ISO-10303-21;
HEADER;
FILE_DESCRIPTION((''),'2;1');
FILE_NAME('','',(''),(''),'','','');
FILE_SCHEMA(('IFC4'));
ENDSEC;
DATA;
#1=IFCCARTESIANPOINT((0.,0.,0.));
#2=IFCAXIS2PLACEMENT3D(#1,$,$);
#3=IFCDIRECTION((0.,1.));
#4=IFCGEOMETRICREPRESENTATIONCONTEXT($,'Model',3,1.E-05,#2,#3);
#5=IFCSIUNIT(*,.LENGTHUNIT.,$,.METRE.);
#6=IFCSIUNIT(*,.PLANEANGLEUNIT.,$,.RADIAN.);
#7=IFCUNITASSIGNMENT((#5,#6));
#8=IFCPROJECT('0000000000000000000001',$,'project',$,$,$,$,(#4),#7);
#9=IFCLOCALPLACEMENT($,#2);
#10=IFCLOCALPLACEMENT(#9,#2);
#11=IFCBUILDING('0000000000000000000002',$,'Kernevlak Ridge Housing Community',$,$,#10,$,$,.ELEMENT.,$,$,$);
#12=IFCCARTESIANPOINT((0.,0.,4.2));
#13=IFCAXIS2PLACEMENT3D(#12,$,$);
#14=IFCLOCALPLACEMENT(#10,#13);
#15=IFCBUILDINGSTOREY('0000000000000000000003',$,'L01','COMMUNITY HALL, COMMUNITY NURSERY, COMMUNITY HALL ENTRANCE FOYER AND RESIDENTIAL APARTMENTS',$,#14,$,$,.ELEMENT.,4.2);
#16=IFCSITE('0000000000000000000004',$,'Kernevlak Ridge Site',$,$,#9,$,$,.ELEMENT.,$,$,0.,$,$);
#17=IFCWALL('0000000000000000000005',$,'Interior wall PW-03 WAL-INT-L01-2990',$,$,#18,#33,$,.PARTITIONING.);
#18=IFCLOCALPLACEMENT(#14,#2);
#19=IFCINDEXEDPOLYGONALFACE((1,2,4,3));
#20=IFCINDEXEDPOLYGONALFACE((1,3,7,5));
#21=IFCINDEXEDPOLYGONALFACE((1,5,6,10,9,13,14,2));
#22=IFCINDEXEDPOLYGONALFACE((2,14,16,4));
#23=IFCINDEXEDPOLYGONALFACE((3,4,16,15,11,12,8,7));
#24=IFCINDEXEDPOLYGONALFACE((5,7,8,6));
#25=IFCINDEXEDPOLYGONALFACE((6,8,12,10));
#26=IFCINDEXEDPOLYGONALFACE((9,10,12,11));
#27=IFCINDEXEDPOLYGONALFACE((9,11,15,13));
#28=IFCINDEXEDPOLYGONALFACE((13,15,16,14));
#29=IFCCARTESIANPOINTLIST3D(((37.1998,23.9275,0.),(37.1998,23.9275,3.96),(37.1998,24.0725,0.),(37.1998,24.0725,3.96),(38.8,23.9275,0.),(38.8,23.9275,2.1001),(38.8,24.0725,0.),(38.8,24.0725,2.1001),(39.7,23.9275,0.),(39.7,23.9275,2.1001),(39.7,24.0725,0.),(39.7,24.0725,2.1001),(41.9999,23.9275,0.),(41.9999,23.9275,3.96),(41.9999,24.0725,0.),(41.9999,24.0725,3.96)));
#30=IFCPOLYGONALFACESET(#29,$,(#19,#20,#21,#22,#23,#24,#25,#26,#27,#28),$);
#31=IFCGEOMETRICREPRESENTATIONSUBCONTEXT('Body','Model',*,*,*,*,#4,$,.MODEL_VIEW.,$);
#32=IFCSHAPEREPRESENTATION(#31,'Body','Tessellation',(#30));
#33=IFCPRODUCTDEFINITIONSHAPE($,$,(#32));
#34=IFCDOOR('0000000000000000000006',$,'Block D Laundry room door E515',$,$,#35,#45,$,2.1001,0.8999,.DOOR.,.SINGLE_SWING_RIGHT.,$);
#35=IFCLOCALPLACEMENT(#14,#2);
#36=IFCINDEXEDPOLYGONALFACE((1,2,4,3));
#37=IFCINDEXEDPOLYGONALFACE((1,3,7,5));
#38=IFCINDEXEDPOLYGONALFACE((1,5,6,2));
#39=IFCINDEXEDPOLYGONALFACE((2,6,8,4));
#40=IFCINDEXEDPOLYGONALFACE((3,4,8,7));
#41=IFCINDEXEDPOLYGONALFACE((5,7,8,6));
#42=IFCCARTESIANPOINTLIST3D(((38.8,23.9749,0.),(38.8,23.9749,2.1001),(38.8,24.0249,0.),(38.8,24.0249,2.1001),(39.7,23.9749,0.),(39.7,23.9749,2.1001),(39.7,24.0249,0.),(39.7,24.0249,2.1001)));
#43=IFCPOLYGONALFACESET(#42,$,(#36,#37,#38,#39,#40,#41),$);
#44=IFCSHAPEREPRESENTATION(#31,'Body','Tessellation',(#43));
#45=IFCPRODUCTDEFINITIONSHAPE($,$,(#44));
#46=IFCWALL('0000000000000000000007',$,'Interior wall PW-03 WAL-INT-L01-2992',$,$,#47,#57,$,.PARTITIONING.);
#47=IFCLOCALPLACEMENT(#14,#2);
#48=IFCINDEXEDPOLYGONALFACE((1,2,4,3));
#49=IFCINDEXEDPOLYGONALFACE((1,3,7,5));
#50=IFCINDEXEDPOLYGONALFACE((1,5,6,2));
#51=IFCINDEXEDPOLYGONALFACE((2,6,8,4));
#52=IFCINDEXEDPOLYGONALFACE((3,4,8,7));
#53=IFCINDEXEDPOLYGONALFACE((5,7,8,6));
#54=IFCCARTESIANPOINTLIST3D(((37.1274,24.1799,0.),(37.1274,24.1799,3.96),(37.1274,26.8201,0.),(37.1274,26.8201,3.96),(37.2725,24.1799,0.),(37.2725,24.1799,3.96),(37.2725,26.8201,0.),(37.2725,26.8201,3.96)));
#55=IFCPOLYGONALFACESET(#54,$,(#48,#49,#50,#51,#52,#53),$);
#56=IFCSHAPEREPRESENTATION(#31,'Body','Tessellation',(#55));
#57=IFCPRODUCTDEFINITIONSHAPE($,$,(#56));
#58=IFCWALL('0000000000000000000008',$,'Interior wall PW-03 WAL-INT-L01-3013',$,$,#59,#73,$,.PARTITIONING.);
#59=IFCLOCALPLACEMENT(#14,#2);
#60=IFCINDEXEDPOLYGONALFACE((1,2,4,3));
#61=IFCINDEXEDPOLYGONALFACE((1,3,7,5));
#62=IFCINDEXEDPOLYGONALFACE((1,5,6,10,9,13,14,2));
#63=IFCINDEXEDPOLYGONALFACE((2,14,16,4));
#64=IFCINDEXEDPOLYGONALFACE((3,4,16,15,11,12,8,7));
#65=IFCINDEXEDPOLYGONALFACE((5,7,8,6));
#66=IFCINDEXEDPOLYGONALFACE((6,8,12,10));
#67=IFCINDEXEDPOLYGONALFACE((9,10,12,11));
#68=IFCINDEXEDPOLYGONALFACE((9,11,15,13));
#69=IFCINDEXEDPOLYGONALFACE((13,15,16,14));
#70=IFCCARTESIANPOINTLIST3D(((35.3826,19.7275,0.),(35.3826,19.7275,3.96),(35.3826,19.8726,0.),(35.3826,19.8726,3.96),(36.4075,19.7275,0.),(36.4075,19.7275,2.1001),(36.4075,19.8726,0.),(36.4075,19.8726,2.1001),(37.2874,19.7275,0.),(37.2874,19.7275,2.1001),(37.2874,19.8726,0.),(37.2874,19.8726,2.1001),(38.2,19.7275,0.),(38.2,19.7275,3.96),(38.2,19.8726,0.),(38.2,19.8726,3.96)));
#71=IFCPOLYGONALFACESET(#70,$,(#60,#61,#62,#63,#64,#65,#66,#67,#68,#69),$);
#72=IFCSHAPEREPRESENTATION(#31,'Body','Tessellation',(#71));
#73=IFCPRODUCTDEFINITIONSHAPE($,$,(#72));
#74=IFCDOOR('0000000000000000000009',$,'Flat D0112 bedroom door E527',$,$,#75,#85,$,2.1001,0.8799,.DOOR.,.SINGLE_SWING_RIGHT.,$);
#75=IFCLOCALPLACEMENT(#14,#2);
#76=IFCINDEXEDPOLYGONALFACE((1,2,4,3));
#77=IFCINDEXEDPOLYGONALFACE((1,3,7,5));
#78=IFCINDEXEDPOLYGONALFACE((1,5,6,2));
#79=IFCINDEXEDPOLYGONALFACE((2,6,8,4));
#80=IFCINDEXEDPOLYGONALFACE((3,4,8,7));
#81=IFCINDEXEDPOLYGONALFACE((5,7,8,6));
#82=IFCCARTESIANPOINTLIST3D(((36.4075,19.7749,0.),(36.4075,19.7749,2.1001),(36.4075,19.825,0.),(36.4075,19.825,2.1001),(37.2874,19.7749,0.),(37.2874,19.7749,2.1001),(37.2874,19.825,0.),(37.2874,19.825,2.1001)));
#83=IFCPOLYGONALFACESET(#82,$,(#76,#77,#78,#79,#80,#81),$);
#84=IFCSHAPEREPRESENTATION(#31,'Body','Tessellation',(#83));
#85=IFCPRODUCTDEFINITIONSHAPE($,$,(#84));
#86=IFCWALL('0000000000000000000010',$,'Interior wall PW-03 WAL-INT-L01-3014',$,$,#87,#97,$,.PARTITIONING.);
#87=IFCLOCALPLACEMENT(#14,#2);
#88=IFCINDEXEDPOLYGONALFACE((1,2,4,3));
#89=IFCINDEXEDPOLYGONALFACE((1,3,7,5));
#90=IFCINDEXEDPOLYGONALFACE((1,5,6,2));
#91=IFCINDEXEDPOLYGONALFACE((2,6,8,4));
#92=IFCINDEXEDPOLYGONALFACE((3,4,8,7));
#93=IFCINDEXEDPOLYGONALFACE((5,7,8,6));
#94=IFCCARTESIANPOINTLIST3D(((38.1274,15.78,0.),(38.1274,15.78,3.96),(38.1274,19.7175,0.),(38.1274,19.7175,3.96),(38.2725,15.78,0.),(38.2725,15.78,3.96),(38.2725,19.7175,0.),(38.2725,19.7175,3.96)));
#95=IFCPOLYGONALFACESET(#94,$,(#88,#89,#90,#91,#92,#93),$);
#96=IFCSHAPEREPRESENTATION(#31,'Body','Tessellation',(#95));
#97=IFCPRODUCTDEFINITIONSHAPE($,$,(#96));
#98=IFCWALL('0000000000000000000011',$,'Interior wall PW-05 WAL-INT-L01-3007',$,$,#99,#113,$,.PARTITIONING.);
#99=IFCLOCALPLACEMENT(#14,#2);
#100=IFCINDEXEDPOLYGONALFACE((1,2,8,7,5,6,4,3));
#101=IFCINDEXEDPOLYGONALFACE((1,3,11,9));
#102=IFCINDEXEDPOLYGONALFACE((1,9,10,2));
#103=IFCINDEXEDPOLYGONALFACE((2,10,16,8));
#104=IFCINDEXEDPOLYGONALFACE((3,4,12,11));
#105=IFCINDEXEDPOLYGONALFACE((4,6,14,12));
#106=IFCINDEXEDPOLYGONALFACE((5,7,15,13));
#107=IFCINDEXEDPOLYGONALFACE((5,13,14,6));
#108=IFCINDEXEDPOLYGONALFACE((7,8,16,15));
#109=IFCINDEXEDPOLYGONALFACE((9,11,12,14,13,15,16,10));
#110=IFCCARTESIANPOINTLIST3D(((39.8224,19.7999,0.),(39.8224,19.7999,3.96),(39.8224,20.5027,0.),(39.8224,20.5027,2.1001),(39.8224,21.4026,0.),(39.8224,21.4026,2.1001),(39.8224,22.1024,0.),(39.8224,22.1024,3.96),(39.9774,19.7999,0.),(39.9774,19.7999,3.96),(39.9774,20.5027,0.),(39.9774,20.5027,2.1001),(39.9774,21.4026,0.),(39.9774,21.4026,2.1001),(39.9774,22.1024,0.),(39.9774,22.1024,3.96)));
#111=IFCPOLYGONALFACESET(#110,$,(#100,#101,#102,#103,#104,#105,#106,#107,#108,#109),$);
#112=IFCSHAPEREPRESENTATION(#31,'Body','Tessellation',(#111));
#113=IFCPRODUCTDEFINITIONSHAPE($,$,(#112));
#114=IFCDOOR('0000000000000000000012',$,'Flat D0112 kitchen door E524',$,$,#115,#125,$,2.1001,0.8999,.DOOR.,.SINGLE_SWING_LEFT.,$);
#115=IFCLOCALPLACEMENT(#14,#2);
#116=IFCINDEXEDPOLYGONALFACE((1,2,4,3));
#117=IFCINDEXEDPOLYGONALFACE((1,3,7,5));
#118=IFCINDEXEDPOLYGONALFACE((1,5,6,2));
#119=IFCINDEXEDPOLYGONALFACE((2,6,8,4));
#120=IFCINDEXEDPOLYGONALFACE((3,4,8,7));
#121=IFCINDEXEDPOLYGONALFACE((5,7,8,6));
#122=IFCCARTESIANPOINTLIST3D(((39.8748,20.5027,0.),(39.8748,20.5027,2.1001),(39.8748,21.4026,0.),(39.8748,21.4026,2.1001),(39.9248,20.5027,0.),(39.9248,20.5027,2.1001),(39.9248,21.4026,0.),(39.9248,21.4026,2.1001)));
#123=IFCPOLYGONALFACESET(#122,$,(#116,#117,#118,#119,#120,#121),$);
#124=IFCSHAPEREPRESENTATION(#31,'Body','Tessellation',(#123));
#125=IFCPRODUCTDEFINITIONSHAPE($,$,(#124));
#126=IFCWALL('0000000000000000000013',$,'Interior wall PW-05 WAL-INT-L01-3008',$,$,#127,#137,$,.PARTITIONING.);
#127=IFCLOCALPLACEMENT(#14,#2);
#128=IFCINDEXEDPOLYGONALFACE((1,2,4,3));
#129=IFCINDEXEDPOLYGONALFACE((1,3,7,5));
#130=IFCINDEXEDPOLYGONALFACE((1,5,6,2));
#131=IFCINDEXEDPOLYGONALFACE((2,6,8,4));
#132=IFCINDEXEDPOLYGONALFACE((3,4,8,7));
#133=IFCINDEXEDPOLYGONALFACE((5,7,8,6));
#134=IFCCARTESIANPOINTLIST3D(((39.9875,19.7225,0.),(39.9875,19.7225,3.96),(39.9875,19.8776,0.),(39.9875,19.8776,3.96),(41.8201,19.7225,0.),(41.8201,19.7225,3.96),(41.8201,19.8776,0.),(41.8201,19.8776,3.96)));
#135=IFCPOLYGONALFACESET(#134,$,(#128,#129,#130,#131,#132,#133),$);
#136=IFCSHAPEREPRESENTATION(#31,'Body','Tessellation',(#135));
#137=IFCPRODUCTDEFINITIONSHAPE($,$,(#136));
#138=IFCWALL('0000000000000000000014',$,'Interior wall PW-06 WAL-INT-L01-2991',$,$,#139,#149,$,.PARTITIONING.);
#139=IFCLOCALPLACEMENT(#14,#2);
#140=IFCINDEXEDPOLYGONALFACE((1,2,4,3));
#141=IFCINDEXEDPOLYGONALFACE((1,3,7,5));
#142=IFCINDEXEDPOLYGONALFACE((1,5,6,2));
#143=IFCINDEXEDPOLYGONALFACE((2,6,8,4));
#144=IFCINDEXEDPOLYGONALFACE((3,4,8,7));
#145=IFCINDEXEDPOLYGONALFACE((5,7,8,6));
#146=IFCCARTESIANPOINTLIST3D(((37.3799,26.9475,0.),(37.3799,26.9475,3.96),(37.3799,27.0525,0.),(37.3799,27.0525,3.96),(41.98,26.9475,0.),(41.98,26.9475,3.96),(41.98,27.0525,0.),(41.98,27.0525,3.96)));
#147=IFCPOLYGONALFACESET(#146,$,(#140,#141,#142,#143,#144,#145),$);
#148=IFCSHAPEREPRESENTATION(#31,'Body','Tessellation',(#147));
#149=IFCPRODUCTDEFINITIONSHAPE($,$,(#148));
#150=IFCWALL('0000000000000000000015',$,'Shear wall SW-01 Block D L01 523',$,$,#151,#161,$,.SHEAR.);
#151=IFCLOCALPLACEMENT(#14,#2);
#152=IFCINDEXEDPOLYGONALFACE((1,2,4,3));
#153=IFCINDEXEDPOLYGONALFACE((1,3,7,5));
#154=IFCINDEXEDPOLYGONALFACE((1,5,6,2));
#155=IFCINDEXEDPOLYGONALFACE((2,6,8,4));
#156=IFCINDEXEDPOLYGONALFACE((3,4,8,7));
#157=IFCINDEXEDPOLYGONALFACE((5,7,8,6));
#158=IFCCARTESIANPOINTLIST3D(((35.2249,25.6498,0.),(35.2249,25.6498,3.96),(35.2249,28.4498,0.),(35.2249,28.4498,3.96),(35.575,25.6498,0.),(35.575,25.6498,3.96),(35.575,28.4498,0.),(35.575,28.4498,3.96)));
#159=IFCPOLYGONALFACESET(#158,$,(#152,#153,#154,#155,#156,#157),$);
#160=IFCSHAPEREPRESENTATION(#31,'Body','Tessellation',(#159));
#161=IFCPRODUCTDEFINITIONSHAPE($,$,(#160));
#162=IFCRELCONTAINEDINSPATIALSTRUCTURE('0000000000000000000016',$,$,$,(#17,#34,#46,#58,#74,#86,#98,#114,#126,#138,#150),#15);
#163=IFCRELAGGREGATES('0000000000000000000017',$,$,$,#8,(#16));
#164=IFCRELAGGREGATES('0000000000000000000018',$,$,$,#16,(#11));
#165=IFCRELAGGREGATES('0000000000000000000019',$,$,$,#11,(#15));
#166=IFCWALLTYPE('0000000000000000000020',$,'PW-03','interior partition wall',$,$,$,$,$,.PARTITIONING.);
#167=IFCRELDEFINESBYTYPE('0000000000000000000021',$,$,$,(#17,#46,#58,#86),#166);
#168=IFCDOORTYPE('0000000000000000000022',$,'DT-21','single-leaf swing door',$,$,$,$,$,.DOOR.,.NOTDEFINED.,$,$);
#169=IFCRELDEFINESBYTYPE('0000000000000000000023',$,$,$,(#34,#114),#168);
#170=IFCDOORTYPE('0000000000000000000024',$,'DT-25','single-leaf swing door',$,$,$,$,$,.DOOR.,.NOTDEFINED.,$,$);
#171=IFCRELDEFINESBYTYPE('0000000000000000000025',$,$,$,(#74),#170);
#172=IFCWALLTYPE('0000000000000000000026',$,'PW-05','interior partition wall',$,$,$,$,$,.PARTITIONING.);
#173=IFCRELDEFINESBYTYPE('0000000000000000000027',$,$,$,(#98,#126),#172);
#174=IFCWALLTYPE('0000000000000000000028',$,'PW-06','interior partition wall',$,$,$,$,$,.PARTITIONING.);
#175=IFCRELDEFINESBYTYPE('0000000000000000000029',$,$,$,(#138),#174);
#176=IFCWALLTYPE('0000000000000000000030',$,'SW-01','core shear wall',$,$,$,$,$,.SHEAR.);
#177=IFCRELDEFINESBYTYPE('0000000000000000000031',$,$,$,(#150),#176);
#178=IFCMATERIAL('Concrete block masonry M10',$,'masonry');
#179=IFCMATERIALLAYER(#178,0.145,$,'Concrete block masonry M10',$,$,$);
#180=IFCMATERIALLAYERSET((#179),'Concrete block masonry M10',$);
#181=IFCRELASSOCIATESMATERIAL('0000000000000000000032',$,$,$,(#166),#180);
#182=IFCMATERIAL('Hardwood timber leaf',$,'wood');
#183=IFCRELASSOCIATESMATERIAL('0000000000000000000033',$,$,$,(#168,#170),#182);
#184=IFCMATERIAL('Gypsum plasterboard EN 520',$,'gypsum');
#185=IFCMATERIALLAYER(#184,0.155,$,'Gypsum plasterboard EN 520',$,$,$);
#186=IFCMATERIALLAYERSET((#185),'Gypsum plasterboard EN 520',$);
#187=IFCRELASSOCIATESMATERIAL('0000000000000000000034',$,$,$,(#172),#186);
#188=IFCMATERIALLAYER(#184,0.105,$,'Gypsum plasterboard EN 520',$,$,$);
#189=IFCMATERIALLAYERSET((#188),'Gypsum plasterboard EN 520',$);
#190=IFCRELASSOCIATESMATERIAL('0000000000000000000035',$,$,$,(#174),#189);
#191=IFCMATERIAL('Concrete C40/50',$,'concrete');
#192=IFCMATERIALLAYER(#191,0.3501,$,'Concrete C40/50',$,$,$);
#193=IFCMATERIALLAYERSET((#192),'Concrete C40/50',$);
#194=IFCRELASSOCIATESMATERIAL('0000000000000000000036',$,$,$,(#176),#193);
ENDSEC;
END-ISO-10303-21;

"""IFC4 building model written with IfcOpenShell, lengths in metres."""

from ifc_helpers import new_model, si_unit, direction, frame, frame_2d, origin, place, context, subcontext, project, spatial, rectangle, extrude, material, layer, layer_set, type_object, element, fill, save


model = new_model("IFC4")

# Units and contexts
model_context = context("Model", 3, precision=1e-05, world=origin(), true_north=direction((0.0, 1.0)))
body_context = subcontext(model_context, "Body", "Model", "MODEL_VIEW")
ifc_project = project(units=[si_unit("LENGTHUNIT", "METRE"), si_unit("PLANEANGLEUNIT", "RADIAN")], contexts=[model_context])

# Site, building, storey
site_placement = place(None, origin())
site = spatial("IfcSite", under=ifc_project, at=site_placement, Name="Kernevlak Ridge Site", CompositionType="ELEMENT", RefElevation=0.0)
building_placement = place(site_placement, origin())
building = spatial("IfcBuilding", under=site, at=building_placement, Name="Kernevlak Ridge Housing Community", CompositionType="ELEMENT")
storey_placement = place(building_placement, frame((0.0, 0.0, 4.2)))
storey = spatial("IfcBuildingStorey", under=building, at=storey_placement, Name="L01", Description="COMMUNITY HALL, COMMUNITY NURSERY, COMMUNITY HALL ENTRANCE FOYER AND RESIDENTIAL APARTMENTS", CompositionType="ELEMENT", Elevation=4.2)

# Shared definitions
ifc_material_1 = material(Name="Concrete block masonry M10", Category="masonry")

# Wall, opening, door
ifc_layer_1 = layer(ifc_material_1, 0.145, Name="Concrete block masonry M10")
ifc_layer_set_1 = layer_set([ifc_layer_1], Name="Concrete block masonry M10")
wall_type_1 = type_object("IfcWallType", Name="PW-03", Description="interior partition wall", PredefinedType="PARTITIONING", material=ifc_layer_set_1)
wall_1_placement = place(storey_placement, frame((37.2, 24.0, 0.0), z_axis=(0.0, 0.0, 1.0), x_axis=(1.0, 0.0, 0.0)))
wall_1 = element("IfcWall", 1, at=wall_1_placement, inside=storey, type_object=wall_type_1, Name="Interior wall PW-03 WAL-INT-L01-2990", PredefinedType="PARTITIONING", context=body_context, shape_type="SweptSolid", body=[
    extrude(rectangle(XDim=4.8, YDim=0.145, at=frame_2d((2.3999, 0.0))), origin(), (0.0, 0.0, 1.0), 3.96),
])
opening_1_placement = place(wall_1_placement, frame((1.6001, 0.0, 0.0)))
opening_1 = element("IfcOpeningElement", 2, at=opening_1_placement, cuts=wall_1, PredefinedType="OPENING", context=body_context, shape_type="SweptSolid", body=[
    extrude(rectangle(XDim=0.8999, YDim=2.1001, at=frame_2d((0.45, 1.05))), frame((0.0, 0.0825, 0.0), z_axis=(0.0, -1.0, 0.0), x_axis=(1.0, 0.0, 0.0)), (0.0, 0.0, 1.0), 0.165),
])
ifc_material_2 = material(Name="Hardwood timber leaf", Category="wood")
door_type_1 = type_object("IfcDoorType", Name="DT-21", Description="single-leaf swing door", OperationType="NOTDEFINED", PredefinedType="DOOR", material=ifc_material_2)
door_1_placement = place(opening_1_placement, origin())
door_1 = element("IfcDoor", 3, at=door_1_placement, inside=storey, type_object=door_type_1, Name="Block D Laundry room door E515", OperationType="SINGLE_SWING_RIGHT", OverallHeight=2.1001, OverallWidth=0.8999, PredefinedType="DOOR", context=body_context, shape_type="SweptSolid", body=[
    extrude(rectangle(XDim=0.8999, YDim=2.1001, at=frame_2d((0.45, 1.05))), frame((0.0, 0.0249, 0.0), z_axis=(0.0, -1.0, 0.0), x_axis=(1.0, 0.0, 0.0)), (0.0, 0.0, 1.0), 0.05),
])
fill(opening_1, door_1)

# Wall
wall_2_placement = place(storey_placement, frame((37.2, 24.1799, 0.0), z_axis=(0.0, 0.0, 1.0), x_axis=(0.0, 1.0, 0.0)))
element("IfcWall", 4, at=wall_2_placement, inside=storey, type_object=wall_type_1, Name="Interior wall PW-03 WAL-INT-L01-2992", PredefinedType="PARTITIONING", context=body_context, shape_type="SweptSolid", body=[
    extrude(rectangle(XDim=2.6401, YDim=0.145, at=frame_2d((1.3201, 0.0))), origin(), (0.0, 0.0, 1.0), 3.96),
])

# Wall, opening, door
wall_3_placement = place(storey_placement, frame((35.3826, 19.8, 0.0), z_axis=(0.0, 0.0, 1.0), x_axis=(1.0, 0.0, 0.0)))
wall_3 = element("IfcWall", 5, at=wall_3_placement, inside=storey, type_object=wall_type_1, Name="Interior wall PW-03 WAL-INT-L01-3013", PredefinedType="PARTITIONING", context=body_context, shape_type="SweptSolid", body=[
    extrude(rectangle(XDim=2.8174, YDim=0.145, at=frame_2d((1.4087, 0.0))), origin(), (0.0, 0.0, 1.0), 3.96),
])
opening_2_placement = place(wall_3_placement, frame((1.0249, 0.0, 0.0)))
opening_2 = element("IfcOpeningElement", 6, at=opening_2_placement, cuts=wall_3, PredefinedType="OPENING", context=body_context, shape_type="SweptSolid", body=[
    extrude(rectangle(XDim=0.8799, YDim=2.1001, at=frame_2d((0.4399, 1.05))), frame((0.0, 0.0825, 0.0), z_axis=(0.0, -1.0, 0.0), x_axis=(1.0, 0.0, 0.0)), (0.0, 0.0, 1.0), 0.165),
])
door_type_2 = type_object("IfcDoorType", Name="DT-25", Description="single-leaf swing door", OperationType="NOTDEFINED", PredefinedType="DOOR", material=ifc_material_2)
door_2_placement = place(opening_2_placement, origin())
door_2 = element("IfcDoor", 7, at=door_2_placement, inside=storey, type_object=door_type_2, Name="Flat D0112 bedroom door E527", OperationType="SINGLE_SWING_RIGHT", OverallHeight=2.1001, OverallWidth=0.8799, PredefinedType="DOOR", context=body_context, shape_type="SweptSolid", body=[
    extrude(rectangle(XDim=0.8799, YDim=2.1001, at=frame_2d((0.4399, 1.05))), frame((0.0, 0.0249, 0.0), z_axis=(0.0, -1.0, 0.0), x_axis=(1.0, 0.0, 0.0)), (0.0, 0.0, 1.0), 0.05),
])
fill(opening_2, door_2)

# Wall
wall_4_placement = place(storey_placement, frame((38.2, 19.7175, 0.0), z_axis=(0.0, 0.0, 1.0), x_axis=(0.0, -1.0, 0.0)))
element("IfcWall", 8, at=wall_4_placement, inside=storey, type_object=wall_type_1, Name="Interior wall PW-03 WAL-INT-L01-3014", PredefinedType="PARTITIONING", context=body_context, shape_type="SweptSolid", body=[
    extrude(rectangle(XDim=3.9375, YDim=0.145, at=frame_2d((1.9688, 0.0))), origin(), (0.0, 0.0, 1.0), 3.96),
])

# Wall, opening, door
ifc_material_3 = material(Name="Gypsum plasterboard EN 520", Category="gypsum")
ifc_layer_2 = layer(ifc_material_3, 0.155, Name="Gypsum plasterboard EN 520")
ifc_layer_set_2 = layer_set([ifc_layer_2], Name="Gypsum plasterboard EN 520")
wall_type_2 = type_object("IfcWallType", Name="PW-05", Description="interior partition wall", PredefinedType="PARTITIONING", material=ifc_layer_set_2)
wall_5_placement = place(storey_placement, frame((39.8999, 22.1025, 0.0), z_axis=(0.0, 0.0, 1.0), x_axis=(0.0, -1.0, 0.0)))
wall_5 = element("IfcWall", 9, at=wall_5_placement, inside=storey, type_object=wall_type_2, Name="Interior wall PW-05 WAL-INT-L01-3007", PredefinedType="PARTITIONING", context=body_context, shape_type="SweptSolid", body=[
    extrude(rectangle(XDim=2.3025, YDim=0.155, at=frame_2d((1.1514, 0.0))), origin(), (0.0, 0.0, 1.0), 3.96),
])
opening_3_placement = place(wall_5_placement, frame((0.7, 0.0, 0.0)))
opening_3 = element("IfcOpeningElement", 10, at=opening_3_placement, cuts=wall_5, PredefinedType="OPENING", context=body_context, shape_type="SweptSolid", body=[
    extrude(rectangle(XDim=0.8999, YDim=2.1001, at=frame_2d((0.45, 1.05))), frame((0.0, 0.0874, 0.0), z_axis=(0.0, -1.0, 0.0), x_axis=(1.0, 0.0, 0.0)), (0.0, 0.0, 1.0), 0.175),
])
door_3_placement = place(opening_3_placement, origin())
door_3 = element("IfcDoor", 11, at=door_3_placement, inside=storey, type_object=door_type_1, Name="Flat D0112 kitchen door E524", OperationType="SINGLE_SWING_LEFT", OverallHeight=2.1001, OverallWidth=0.8999, PredefinedType="DOOR", context=body_context, shape_type="SweptSolid", body=[
    extrude(rectangle(XDim=0.8999, YDim=2.1001, at=frame_2d((0.45, 1.05))), frame((0.0, 0.0249, 0.0), z_axis=(0.0, -1.0, 0.0), x_axis=(1.0, 0.0, 0.0)), (0.0, 0.0, 1.0), 0.05),
])
fill(opening_3, door_3)

# Walls
wall_6_placement = place(storey_placement, frame((39.9875, 19.8, 0.0), z_axis=(0.0, 0.0, 1.0), x_axis=(1.0, 0.0, 0.0)))
element("IfcWall", 12, at=wall_6_placement, inside=storey, type_object=wall_type_2, Name="Interior wall PW-05 WAL-INT-L01-3008", PredefinedType="PARTITIONING", context=body_context, shape_type="SweptSolid", body=[
    extrude(rectangle(XDim=1.8325, YDim=0.155, at=frame_2d((0.9163, 0.0))), origin(), (0.0, 0.0, 1.0), 3.96),
])
ifc_layer_3 = layer(ifc_material_3, 0.105, Name="Gypsum plasterboard EN 520")
ifc_layer_set_3 = layer_set([ifc_layer_3], Name="Gypsum plasterboard EN 520")
wall_type_3 = type_object("IfcWallType", Name="PW-06", Description="interior partition wall", PredefinedType="PARTITIONING", material=ifc_layer_set_3)
wall_7_placement = place(storey_placement, frame((37.3799, 27.0, 0.0), z_axis=(0.0, 0.0, 1.0), x_axis=(1.0, 0.0, 0.0)))
element("IfcWall", 13, at=wall_7_placement, inside=storey, type_object=wall_type_3, Name="Interior wall PW-06 WAL-INT-L01-2991", PredefinedType="PARTITIONING", context=body_context, shape_type="SweptSolid", body=[
    extrude(rectangle(XDim=4.6001, YDim=0.105, at=frame_2d((2.3, 0.0))), origin(), (0.0, 0.0, 1.0), 3.96),
])
ifc_material_4 = material(Name="Concrete C40/50", Category="concrete")
ifc_layer_4 = layer(ifc_material_4, 0.3501, Name="Concrete C40/50")
ifc_layer_set_4 = layer_set([ifc_layer_4], Name="Concrete C40/50")
wall_type_4 = type_object("IfcWallType", Name="SW-01", Description="core shear wall", PredefinedType="SHEAR", material=ifc_layer_set_4)
wall_8_placement = place(storey_placement, frame((35.3999, 25.6499, 0.0), z_axis=(0.0, 0.0, 1.0), x_axis=(0.0, 1.0, 0.0)))
element("IfcWall", 14, at=wall_8_placement, inside=storey, type_object=wall_type_4, Name="Shear wall SW-01 Block D L01 523", PredefinedType="SHEAR", context=body_context, shape_type="SweptSolid", body=[
    extrude(rectangle(XDim=2.8, YDim=0.3501, at=frame_2d((1.3999, 0.0))), origin(), (0.0, 0.0, 1.0), 3.96),
])

save(model, "model.ifc")
